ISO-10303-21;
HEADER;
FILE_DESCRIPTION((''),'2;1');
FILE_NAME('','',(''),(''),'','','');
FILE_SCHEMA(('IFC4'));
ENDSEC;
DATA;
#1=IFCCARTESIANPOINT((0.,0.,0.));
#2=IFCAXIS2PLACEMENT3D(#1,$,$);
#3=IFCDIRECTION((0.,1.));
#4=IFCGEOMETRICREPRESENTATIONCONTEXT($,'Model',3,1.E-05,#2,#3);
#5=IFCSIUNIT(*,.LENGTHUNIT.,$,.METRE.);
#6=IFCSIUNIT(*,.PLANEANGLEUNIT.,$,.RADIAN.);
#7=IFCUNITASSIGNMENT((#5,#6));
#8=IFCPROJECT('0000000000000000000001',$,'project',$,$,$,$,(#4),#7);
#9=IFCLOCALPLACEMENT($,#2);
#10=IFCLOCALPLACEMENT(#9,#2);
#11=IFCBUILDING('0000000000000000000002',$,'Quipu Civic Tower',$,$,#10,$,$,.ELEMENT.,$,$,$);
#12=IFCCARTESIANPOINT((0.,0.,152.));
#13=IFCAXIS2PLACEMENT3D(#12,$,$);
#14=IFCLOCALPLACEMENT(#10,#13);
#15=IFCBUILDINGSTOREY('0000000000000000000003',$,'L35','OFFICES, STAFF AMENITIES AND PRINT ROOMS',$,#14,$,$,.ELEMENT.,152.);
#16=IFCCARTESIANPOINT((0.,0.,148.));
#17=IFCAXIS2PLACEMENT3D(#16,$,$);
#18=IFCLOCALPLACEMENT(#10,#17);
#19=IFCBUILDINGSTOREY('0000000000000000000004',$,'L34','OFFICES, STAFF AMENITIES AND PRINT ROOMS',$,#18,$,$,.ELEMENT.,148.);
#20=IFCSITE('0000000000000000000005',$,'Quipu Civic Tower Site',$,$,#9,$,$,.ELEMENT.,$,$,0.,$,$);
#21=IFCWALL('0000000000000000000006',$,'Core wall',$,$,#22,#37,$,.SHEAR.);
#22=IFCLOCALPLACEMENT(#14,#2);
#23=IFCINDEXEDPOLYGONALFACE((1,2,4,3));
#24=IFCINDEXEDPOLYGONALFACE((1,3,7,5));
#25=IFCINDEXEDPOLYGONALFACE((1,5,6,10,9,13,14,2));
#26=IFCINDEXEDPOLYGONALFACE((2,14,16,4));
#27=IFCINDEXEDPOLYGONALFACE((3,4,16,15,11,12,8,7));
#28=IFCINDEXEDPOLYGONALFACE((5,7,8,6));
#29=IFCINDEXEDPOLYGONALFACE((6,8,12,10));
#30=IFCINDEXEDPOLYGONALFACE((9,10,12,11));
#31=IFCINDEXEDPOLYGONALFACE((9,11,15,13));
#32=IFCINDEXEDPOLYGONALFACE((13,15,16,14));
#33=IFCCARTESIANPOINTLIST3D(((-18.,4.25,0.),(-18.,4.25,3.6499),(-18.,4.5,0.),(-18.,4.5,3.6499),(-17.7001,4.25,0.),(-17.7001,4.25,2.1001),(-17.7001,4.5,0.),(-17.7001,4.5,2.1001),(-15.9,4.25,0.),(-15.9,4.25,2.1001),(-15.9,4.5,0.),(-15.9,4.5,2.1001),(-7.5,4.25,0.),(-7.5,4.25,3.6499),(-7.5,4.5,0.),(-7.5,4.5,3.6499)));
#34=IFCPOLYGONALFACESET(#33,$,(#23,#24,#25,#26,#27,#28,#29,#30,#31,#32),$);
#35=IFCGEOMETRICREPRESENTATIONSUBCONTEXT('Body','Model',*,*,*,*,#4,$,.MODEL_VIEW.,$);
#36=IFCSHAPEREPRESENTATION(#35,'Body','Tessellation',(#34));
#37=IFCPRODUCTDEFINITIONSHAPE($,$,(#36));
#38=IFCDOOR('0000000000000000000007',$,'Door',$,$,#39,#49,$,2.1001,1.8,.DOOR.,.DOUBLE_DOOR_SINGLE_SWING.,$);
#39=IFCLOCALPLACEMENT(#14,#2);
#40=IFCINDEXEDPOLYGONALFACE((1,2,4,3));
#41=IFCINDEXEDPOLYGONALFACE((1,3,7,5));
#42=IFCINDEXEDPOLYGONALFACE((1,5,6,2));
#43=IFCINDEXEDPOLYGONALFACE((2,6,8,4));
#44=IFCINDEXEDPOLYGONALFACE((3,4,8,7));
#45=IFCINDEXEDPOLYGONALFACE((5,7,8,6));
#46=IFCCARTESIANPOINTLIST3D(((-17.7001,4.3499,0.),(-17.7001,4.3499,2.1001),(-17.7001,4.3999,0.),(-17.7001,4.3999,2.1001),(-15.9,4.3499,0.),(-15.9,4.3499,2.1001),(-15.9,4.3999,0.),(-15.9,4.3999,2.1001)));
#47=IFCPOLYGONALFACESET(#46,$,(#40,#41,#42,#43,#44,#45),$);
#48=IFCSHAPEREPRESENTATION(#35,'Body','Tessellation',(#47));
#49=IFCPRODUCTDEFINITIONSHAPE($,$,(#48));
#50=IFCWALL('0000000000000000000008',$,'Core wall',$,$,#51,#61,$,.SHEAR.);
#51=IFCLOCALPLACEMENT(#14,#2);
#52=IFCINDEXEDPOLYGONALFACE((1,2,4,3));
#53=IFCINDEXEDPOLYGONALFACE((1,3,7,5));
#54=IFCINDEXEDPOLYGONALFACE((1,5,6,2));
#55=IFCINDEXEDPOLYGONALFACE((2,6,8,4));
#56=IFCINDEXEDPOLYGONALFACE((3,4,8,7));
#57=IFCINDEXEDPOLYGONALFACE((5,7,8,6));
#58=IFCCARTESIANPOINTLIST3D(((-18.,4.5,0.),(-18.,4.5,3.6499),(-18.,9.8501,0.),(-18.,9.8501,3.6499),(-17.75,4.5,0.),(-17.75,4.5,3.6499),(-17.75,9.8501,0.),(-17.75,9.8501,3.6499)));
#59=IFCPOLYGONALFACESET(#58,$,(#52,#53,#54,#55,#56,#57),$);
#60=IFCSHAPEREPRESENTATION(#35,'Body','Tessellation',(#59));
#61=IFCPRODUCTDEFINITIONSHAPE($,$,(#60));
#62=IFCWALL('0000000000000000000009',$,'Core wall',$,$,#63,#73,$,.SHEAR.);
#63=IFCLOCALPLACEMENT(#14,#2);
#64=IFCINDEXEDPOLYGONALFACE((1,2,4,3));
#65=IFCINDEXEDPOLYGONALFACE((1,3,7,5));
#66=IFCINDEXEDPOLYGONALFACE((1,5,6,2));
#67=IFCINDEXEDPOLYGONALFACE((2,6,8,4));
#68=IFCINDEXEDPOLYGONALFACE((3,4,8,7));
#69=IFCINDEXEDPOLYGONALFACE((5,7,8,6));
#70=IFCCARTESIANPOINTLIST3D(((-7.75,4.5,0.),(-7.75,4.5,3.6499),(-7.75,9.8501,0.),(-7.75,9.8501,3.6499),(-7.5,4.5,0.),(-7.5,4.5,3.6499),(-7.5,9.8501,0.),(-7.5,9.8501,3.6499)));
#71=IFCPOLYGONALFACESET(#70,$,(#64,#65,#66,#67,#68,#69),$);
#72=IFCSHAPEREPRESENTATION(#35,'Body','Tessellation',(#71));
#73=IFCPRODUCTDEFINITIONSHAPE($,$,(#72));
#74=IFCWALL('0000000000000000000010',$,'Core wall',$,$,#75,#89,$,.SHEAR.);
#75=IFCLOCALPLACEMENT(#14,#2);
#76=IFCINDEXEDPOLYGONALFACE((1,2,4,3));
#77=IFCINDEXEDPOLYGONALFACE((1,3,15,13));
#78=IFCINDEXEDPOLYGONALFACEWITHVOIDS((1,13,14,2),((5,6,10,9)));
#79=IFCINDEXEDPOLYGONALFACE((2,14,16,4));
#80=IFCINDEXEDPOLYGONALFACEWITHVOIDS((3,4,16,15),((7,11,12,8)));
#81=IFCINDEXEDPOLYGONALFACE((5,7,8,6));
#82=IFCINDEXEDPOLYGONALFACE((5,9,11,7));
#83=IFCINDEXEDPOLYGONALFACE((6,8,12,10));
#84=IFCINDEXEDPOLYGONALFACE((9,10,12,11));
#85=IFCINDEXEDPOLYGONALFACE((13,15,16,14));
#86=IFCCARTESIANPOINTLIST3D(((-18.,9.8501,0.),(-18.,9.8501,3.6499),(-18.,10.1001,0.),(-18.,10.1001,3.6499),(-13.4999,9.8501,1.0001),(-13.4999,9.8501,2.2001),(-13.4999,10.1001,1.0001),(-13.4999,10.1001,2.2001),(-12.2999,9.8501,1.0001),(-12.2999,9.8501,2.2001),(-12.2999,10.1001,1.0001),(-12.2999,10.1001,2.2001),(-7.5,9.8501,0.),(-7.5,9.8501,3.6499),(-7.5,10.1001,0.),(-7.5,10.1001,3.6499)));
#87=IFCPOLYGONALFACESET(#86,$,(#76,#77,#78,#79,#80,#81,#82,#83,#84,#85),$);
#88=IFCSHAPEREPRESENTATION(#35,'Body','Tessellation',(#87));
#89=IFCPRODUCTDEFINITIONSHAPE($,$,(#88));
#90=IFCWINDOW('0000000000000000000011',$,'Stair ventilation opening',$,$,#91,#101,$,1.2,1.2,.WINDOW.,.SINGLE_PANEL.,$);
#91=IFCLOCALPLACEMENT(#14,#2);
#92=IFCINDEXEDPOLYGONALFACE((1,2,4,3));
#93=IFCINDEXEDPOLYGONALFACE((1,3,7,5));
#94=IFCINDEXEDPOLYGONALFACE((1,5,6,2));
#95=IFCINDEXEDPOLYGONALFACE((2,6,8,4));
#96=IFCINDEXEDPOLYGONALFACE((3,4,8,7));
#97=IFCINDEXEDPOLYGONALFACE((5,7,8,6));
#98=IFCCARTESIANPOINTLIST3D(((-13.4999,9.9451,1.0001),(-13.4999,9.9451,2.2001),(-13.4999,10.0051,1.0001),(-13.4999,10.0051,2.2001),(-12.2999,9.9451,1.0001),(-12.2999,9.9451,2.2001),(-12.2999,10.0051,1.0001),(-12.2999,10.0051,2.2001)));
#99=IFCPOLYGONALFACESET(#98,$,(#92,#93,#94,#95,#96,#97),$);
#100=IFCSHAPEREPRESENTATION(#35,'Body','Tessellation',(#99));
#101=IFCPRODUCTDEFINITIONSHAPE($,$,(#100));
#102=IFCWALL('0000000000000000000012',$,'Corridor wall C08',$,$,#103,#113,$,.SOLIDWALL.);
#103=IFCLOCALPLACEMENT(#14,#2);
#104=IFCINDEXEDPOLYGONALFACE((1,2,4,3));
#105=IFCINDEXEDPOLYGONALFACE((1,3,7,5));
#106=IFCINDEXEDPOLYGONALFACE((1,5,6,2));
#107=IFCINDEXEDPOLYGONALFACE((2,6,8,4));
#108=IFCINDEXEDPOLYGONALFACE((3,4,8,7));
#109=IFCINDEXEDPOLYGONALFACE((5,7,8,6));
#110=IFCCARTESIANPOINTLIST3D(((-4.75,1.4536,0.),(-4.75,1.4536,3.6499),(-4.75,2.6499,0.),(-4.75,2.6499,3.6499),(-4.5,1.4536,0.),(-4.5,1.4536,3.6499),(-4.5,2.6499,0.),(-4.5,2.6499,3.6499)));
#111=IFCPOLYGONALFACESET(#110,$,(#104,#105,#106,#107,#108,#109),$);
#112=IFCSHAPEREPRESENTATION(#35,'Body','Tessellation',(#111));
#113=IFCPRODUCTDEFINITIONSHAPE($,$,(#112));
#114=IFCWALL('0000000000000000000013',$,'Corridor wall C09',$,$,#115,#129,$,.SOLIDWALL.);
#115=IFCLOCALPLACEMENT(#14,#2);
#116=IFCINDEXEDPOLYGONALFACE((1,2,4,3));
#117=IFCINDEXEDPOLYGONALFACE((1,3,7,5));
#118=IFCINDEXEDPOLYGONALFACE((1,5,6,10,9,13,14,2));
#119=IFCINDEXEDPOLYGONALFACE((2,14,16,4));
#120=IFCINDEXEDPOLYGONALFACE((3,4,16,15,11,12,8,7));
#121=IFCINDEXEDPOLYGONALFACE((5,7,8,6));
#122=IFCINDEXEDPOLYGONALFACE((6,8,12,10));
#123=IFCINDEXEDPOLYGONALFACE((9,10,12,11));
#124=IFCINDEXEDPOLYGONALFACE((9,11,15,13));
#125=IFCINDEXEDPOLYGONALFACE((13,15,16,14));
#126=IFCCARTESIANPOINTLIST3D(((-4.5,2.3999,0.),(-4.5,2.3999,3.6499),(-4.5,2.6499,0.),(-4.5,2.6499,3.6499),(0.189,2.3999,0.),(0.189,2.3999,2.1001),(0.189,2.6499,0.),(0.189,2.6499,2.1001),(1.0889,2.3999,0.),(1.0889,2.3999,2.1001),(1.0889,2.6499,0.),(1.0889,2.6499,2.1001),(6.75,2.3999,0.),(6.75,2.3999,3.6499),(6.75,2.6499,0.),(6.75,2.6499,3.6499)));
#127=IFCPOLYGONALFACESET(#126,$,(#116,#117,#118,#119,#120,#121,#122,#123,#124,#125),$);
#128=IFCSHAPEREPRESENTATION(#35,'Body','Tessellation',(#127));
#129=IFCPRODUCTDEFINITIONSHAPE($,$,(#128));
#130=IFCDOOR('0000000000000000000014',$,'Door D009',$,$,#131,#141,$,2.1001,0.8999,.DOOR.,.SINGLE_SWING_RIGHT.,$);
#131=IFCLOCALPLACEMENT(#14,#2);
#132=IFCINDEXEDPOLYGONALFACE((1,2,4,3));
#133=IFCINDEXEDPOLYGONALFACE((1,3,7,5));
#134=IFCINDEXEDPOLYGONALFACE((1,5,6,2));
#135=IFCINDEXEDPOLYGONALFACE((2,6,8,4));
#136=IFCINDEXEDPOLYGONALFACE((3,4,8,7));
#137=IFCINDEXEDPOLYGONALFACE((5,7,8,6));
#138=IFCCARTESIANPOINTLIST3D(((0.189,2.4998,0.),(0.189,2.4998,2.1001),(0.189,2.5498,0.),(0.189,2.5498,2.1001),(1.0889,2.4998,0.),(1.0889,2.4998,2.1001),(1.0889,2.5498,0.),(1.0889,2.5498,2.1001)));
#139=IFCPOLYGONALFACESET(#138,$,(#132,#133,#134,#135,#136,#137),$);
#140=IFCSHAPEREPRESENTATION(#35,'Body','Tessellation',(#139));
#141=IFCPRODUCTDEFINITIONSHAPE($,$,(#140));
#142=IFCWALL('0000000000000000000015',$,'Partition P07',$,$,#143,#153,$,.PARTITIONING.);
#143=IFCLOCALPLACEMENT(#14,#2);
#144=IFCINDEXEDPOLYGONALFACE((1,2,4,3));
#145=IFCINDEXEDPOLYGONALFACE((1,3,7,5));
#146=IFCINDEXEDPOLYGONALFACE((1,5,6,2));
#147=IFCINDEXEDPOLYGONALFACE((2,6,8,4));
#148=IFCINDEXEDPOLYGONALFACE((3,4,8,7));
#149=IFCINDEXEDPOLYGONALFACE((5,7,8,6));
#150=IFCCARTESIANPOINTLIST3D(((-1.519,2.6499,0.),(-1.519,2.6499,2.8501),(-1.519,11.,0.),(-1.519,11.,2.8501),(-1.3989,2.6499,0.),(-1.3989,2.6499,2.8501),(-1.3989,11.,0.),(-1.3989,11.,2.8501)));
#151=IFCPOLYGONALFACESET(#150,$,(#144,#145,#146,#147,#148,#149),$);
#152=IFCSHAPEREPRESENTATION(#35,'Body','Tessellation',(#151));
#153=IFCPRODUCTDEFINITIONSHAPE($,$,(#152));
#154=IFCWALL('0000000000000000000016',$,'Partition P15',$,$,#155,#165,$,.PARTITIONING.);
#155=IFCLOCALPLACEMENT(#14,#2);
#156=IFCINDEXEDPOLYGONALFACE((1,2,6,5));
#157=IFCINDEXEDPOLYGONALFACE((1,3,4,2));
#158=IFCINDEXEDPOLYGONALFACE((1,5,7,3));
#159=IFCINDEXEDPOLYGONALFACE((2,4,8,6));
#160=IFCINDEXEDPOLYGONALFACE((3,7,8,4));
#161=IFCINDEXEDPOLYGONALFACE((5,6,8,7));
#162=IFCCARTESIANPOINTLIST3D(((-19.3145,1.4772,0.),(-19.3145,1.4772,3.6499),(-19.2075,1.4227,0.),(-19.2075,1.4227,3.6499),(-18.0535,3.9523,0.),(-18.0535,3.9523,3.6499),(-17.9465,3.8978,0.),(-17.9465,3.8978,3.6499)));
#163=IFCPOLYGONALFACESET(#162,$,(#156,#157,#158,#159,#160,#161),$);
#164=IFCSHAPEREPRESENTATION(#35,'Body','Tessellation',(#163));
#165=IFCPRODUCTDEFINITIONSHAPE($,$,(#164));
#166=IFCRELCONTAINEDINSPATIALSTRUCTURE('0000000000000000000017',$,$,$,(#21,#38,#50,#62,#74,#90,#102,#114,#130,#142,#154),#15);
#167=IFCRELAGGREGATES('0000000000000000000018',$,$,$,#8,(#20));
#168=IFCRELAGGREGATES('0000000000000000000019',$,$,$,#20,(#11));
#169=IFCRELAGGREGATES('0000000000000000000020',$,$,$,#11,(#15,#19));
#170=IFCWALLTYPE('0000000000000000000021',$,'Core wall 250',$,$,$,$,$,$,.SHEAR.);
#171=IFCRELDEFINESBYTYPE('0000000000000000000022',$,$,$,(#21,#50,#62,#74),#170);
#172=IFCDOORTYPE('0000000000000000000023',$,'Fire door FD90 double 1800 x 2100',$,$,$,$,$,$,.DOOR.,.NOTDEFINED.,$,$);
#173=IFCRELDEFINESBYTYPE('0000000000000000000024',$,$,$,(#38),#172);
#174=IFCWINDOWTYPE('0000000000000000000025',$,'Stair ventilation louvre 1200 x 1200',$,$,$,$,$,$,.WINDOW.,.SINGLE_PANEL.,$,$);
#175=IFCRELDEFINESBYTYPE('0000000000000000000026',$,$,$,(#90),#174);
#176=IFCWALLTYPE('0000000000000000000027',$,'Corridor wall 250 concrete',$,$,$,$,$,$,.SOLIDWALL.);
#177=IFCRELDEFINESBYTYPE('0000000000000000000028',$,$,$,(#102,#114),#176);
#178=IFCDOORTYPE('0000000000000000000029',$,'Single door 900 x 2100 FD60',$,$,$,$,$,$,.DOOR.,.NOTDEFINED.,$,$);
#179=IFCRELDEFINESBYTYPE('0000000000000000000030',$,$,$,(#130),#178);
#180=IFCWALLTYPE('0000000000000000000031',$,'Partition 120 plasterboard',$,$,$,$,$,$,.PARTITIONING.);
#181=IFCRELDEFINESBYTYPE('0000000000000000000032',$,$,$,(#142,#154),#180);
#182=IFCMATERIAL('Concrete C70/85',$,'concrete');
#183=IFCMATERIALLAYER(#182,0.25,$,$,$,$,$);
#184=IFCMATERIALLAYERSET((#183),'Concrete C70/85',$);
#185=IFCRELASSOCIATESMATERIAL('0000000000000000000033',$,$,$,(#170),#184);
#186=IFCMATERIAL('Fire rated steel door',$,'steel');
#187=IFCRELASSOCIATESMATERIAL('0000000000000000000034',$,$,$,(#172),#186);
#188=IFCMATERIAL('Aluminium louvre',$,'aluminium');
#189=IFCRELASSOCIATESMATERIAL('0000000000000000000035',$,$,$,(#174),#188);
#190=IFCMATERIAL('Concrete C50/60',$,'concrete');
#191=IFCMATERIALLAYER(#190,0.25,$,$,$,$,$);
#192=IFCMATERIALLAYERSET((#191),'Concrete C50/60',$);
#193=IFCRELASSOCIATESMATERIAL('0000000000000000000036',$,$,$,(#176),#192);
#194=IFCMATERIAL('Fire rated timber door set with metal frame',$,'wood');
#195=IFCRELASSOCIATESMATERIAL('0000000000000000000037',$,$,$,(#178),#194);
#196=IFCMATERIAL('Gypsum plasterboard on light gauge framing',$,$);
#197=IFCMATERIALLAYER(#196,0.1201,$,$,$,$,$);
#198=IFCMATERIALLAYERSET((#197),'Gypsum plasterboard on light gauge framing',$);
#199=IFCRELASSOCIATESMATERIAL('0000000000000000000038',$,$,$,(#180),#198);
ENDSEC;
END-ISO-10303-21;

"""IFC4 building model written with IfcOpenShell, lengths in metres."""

from ifc_helpers import new_model, si_unit, direction, frame, frame_2d, origin, place, context, subcontext, project, spatial, rectangle, extrude, material, layer, layer_set, type_object, element, fill, save


model = new_model("IFC4")

# Units and contexts
model_context = context("Model", 3, precision=1e-05, world=origin(), true_north=direction((0.0, 1.0)))
body_context = subcontext(model_context, "Body", "Model", "MODEL_VIEW")
ifc_project = project(units=[si_unit("LENGTHUNIT", "METRE"), si_unit("PLANEANGLEUNIT", "RADIAN")], contexts=[model_context])

# Site, building, storey
site_placement = place(None, origin())
site = spatial("IfcSite", under=ifc_project, at=site_placement, Name="Quipu Civic Tower Site", CompositionType="ELEMENT", RefElevation=0.0)
building_placement = place(site_placement, origin())
building = spatial("IfcBuilding", under=site, at=building_placement, Name="Quipu Civic Tower", CompositionType="ELEMENT")
storey_1_placement = place(building_placement, frame((0.0, 0.0, 152.0)))
storey_1 = spatial("IfcBuildingStorey", under=building, at=storey_1_placement, Name="L35", Description="OFFICES, STAFF AMENITIES AND PRINT ROOMS", CompositionType="ELEMENT", Elevation=152.0)

# Shared definitions
storey_2_placement = place(building_placement, frame((0.0, 0.0, 148.0)))
storey_2 = spatial("IfcBuildingStorey", under=building, at=storey_2_placement, Name="L34", Description="OFFICES, STAFF AMENITIES AND PRINT ROOMS", CompositionType="ELEMENT", Elevation=148.0)

# Shared definitions
ifc_material_1 = material(Name="Concrete C70/85", Category="concrete")
ifc_layer_1 = layer(ifc_material_1, 0.25)
ifc_layer_set_1 = layer_set([ifc_layer_1], Name="Concrete C70/85")
wall_type_1 = type_object("IfcWallType", Name="Core wall 250", PredefinedType="SHEAR", material=ifc_layer_set_1)

# Wall, opening, door
wall_1_placement = place(storey_1_placement, frame((-18.0, 4.375, 0.0), z_axis=(0.0, 0.0, 1.0), x_axis=(1.0, 0.0, 0.0)))
wall_1 = element("IfcWall", 1, at=wall_1_placement, inside=storey_1, type_object=wall_type_1, Name="Core wall", PredefinedType="SHEAR", context=body_context, shape_type="SweptSolid", body=[
    extrude(rectangle(XDim=10.5, YDim=0.25, at=frame_2d((5.25, 0.0))), origin(), (0.0, 0.0, 1.0), 3.6499),
])
opening_1_placement = place(wall_1_placement, frame((0.3, 0.0, 0.0)))
opening_1 = element("IfcOpeningElement", 2, at=opening_1_placement, cuts=wall_1, PredefinedType="OPENING", context=body_context, shape_type="SweptSolid", body=[
    extrude(rectangle(XDim=1.8, YDim=2.1001, at=frame_2d((0.8999, 1.05))), frame((0.0, 0.135, 0.0), z_axis=(0.0, -1.0, 0.0), x_axis=(1.0, 0.0, 0.0)), (0.0, 0.0, 1.0), 0.27),
])
ifc_material_2 = material(Name="Fire rated steel door", Category="steel")
door_type_1 = type_object("IfcDoorType", Name="Fire door FD90 double 1800 x 2100", OperationType="NOTDEFINED", PredefinedType="DOOR", material=ifc_material_2)
door_1_placement = place(opening_1_placement, origin())
door_1 = element("IfcDoor", 3, at=door_1_placement, inside=storey_1, type_object=door_type_1, Name="Door", OperationType="DOUBLE_DOOR_SINGLE_SWING", OverallHeight=2.1001, OverallWidth=1.8, PredefinedType="DOOR", context=body_context, shape_type="SweptSolid", body=[
    extrude(rectangle(XDim=1.8, YDim=2.1001, at=frame_2d((0.8999, 1.05))), frame((0.0, 0.0249, 0.0), z_axis=(0.0, -1.0, 0.0), x_axis=(1.0, 0.0, 0.0)), (0.0, 0.0, 1.0), 0.05),
])
fill(opening_1, door_1)

# Walls
for number, where, z_axis, x_axis, name in (
    (4, (-17.875, 4.5, 0.0), (0.0, 0.0, 1.0), (0.0, 1.0, 0.0), "Core wall"),
    (5, (-7.625, 4.5, 0.0), (0.0, 0.0, 1.0), (0.0, 1.0, 0.0), "Core wall"),
):
    element("IfcWall", number, at=place(storey_1_placement, frame(where, z_axis=z_axis, x_axis=x_axis)), inside=storey_1, type_object=wall_type_1, Name=name, PredefinedType="SHEAR", context=body_context, shape_type="SweptSolid", body=[
        extrude(rectangle(XDim=5.3501, YDim=0.25, at=frame_2d((2.675, 0.0))), origin(), (0.0, 0.0, 1.0), 3.6499),
    ])

# Wall, opening, window
wall_2_placement = place(storey_1_placement, frame((-18.0, 9.9751, 0.0), z_axis=(0.0, 0.0, 1.0), x_axis=(1.0, 0.0, 0.0)))
wall_2 = element("IfcWall", 6, at=wall_2_placement, inside=storey_1, type_object=wall_type_1, Name="Core wall", PredefinedType="SHEAR", context=body_context, shape_type="SweptSolid", body=[
    extrude(rectangle(XDim=10.5, YDim=0.25, at=frame_2d((5.25, 0.0))), origin(), (0.0, 0.0, 1.0), 3.6499),
])
opening_2_placement = place(wall_2_placement, frame((4.5, 0.0, 1.0)))
opening_2 = element("IfcOpeningElement", 7, at=opening_2_placement, cuts=wall_2, PredefinedType="OPENING", context=body_context, shape_type="SweptSolid", body=[
    extrude(rectangle(XDim=1.2, YDim=1.2, at=frame_2d((0.6001, 0.6001))), frame((0.0, 0.135, 0.0), z_axis=(0.0, -1.0, 0.0), x_axis=(1.0, 0.0, 0.0)), (0.0, 0.0, 1.0), 0.27),
])
ifc_material_3 = material(Name="Aluminium louvre", Category="aluminium")
window_type_1 = type_object("IfcWindowType", Name="Stair ventilation louvre 1200 x 1200", PartitioningType="SINGLE_PANEL", PredefinedType="WINDOW", material=ifc_material_3)
window_1_placement = place(opening_2_placement, origin())
window_1 = element("IfcWindow", 8, at=window_1_placement, inside=storey_1, type_object=window_type_1, Name="Stair ventilation opening", OverallHeight=1.2, OverallWidth=1.2, PartitioningType="SINGLE_PANEL", PredefinedType="WINDOW", context=body_context, shape_type="SweptSolid", body=[
    extrude(rectangle(XDim=1.2, YDim=1.2, at=frame_2d((0.6001, 0.6001))), frame((0.0, 0.03, 0.0), z_axis=(0.0, -1.0, 0.0), x_axis=(1.0, 0.0, 0.0)), (0.0, 0.0, 1.0), 0.0601),
])
fill(opening_2, window_1)

# Wall
ifc_material_4 = material(Name="Concrete C50/60", Category="concrete")
ifc_layer_2 = layer(ifc_material_4, 0.25)
ifc_layer_set_2 = layer_set([ifc_layer_2], Name="Concrete C50/60")
wall_type_2 = type_object("IfcWallType", Name="Corridor wall 250 concrete", PredefinedType="SOLIDWALL", material=ifc_layer_set_2)
wall_3_placement = place(storey_1_placement, frame((-4.625, 1.4536, 0.0), z_axis=(0.0, 0.0, 1.0), x_axis=(0.0, 1.0, 0.0)))
element("IfcWall", 9, at=wall_3_placement, inside=storey_1, type_object=wall_type_2, Name="Corridor wall C08", PredefinedType="SOLIDWALL", context=body_context, shape_type="SweptSolid", body=[
    extrude(rectangle(XDim=1.1963, YDim=0.25, at=frame_2d((0.5981, 0.0))), origin(), (0.0, 0.0, 1.0), 3.6499),
])

# Wall, opening, door
wall_4_placement = place(storey_1_placement, frame((-4.5, 2.5249, 0.0), z_axis=(0.0, 0.0, 1.0), x_axis=(1.0, 0.0, 0.0)))
wall_4 = element("IfcWall", 10, at=wall_4_placement, inside=storey_1, type_object=wall_type_2, Name="Corridor wall C09", PredefinedType="SOLIDWALL", context=body_context, shape_type="SweptSolid", body=[
    extrude(rectangle(XDim=11.25, YDim=0.25, at=frame_2d((5.625, 0.0))), origin(), (0.0, 0.0, 1.0), 3.6499),
])
opening_3_placement = place(wall_4_placement, frame((4.689, 0.0, 0.0)))
opening_3 = element("IfcOpeningElement", 11, at=opening_3_placement, cuts=wall_4, PredefinedType="OPENING", context=body_context, shape_type="SweptSolid", body=[
    extrude(rectangle(XDim=0.8999, YDim=2.1001, at=frame_2d((0.45, 1.05))), frame((0.0, 0.135, 0.0), z_axis=(0.0, -1.0, 0.0), x_axis=(1.0, 0.0, 0.0)), (0.0, 0.0, 1.0), 0.27),
])
ifc_material_5 = material(Name="Fire rated timber door set with metal frame", Category="wood")
door_type_2 = type_object("IfcDoorType", Name="Single door 900 x 2100 FD60", OperationType="NOTDEFINED", PredefinedType="DOOR", material=ifc_material_5)
door_2_placement = place(opening_3_placement, origin())
door_2 = element("IfcDoor", 12, at=door_2_placement, inside=storey_1, type_object=door_type_2, Name="Door D009", OperationType="SINGLE_SWING_RIGHT", OverallHeight=2.1001, OverallWidth=0.8999, PredefinedType="DOOR", context=body_context, shape_type="SweptSolid", body=[
    extrude(rectangle(XDim=0.8999, YDim=2.1001, at=frame_2d((0.45, 1.05))), frame((0.0, 0.0249, 0.0), z_axis=(0.0, -1.0, 0.0), x_axis=(1.0, 0.0, 0.0)), (0.0, 0.0, 1.0), 0.05),
])
fill(opening_3, door_2)

# Walls
ifc_material_6 = material(Name="Gypsum plasterboard on light gauge framing")
ifc_layer_3 = layer(ifc_material_6, 0.1201)
ifc_layer_set_3 = layer_set([ifc_layer_3], Name="Gypsum plasterboard on light gauge framing")
wall_type_3 = type_object("IfcWallType", Name="Partition 120 plasterboard", PredefinedType="PARTITIONING", material=ifc_layer_set_3)
wall_5_placement = place(storey_1_placement, frame((-1.459, 2.6499, 0.0), z_axis=(0.0, 0.0, 1.0), x_axis=(0.0, 1.0, 0.0)))
element("IfcWall", 13, at=wall_5_placement, inside=storey_1, type_object=wall_type_3, Name="Partition P07", PredefinedType="PARTITIONING", context=body_context, shape_type="SweptSolid", body=[
    extrude(rectangle(XDim=8.3501, YDim=0.1201, at=frame_2d((4.175, 0.0))), origin(), (0.0, 0.0, 1.0), 2.8501),
])
wall_6_placement = place(storey_1_placement, frame((-19.261, 1.45, 0.0), z_axis=(0.0, 0.0, 1.0), x_axis=(0.453951, 0.891027, 0.0)))
element("IfcWall", 14, at=wall_6_placement, inside=storey_1, type_object=wall_type_3, Name="Partition P15", PredefinedType="PARTITIONING", context=body_context, shape_type="SweptSolid", body=[
    extrude(rectangle(XDim=2.7778, YDim=0.1201, at=frame_2d((1.3889, 0.0))), origin(), (0.0, 0.0, 1.0), 3.6499),
])

save(model, "model.ifc")
